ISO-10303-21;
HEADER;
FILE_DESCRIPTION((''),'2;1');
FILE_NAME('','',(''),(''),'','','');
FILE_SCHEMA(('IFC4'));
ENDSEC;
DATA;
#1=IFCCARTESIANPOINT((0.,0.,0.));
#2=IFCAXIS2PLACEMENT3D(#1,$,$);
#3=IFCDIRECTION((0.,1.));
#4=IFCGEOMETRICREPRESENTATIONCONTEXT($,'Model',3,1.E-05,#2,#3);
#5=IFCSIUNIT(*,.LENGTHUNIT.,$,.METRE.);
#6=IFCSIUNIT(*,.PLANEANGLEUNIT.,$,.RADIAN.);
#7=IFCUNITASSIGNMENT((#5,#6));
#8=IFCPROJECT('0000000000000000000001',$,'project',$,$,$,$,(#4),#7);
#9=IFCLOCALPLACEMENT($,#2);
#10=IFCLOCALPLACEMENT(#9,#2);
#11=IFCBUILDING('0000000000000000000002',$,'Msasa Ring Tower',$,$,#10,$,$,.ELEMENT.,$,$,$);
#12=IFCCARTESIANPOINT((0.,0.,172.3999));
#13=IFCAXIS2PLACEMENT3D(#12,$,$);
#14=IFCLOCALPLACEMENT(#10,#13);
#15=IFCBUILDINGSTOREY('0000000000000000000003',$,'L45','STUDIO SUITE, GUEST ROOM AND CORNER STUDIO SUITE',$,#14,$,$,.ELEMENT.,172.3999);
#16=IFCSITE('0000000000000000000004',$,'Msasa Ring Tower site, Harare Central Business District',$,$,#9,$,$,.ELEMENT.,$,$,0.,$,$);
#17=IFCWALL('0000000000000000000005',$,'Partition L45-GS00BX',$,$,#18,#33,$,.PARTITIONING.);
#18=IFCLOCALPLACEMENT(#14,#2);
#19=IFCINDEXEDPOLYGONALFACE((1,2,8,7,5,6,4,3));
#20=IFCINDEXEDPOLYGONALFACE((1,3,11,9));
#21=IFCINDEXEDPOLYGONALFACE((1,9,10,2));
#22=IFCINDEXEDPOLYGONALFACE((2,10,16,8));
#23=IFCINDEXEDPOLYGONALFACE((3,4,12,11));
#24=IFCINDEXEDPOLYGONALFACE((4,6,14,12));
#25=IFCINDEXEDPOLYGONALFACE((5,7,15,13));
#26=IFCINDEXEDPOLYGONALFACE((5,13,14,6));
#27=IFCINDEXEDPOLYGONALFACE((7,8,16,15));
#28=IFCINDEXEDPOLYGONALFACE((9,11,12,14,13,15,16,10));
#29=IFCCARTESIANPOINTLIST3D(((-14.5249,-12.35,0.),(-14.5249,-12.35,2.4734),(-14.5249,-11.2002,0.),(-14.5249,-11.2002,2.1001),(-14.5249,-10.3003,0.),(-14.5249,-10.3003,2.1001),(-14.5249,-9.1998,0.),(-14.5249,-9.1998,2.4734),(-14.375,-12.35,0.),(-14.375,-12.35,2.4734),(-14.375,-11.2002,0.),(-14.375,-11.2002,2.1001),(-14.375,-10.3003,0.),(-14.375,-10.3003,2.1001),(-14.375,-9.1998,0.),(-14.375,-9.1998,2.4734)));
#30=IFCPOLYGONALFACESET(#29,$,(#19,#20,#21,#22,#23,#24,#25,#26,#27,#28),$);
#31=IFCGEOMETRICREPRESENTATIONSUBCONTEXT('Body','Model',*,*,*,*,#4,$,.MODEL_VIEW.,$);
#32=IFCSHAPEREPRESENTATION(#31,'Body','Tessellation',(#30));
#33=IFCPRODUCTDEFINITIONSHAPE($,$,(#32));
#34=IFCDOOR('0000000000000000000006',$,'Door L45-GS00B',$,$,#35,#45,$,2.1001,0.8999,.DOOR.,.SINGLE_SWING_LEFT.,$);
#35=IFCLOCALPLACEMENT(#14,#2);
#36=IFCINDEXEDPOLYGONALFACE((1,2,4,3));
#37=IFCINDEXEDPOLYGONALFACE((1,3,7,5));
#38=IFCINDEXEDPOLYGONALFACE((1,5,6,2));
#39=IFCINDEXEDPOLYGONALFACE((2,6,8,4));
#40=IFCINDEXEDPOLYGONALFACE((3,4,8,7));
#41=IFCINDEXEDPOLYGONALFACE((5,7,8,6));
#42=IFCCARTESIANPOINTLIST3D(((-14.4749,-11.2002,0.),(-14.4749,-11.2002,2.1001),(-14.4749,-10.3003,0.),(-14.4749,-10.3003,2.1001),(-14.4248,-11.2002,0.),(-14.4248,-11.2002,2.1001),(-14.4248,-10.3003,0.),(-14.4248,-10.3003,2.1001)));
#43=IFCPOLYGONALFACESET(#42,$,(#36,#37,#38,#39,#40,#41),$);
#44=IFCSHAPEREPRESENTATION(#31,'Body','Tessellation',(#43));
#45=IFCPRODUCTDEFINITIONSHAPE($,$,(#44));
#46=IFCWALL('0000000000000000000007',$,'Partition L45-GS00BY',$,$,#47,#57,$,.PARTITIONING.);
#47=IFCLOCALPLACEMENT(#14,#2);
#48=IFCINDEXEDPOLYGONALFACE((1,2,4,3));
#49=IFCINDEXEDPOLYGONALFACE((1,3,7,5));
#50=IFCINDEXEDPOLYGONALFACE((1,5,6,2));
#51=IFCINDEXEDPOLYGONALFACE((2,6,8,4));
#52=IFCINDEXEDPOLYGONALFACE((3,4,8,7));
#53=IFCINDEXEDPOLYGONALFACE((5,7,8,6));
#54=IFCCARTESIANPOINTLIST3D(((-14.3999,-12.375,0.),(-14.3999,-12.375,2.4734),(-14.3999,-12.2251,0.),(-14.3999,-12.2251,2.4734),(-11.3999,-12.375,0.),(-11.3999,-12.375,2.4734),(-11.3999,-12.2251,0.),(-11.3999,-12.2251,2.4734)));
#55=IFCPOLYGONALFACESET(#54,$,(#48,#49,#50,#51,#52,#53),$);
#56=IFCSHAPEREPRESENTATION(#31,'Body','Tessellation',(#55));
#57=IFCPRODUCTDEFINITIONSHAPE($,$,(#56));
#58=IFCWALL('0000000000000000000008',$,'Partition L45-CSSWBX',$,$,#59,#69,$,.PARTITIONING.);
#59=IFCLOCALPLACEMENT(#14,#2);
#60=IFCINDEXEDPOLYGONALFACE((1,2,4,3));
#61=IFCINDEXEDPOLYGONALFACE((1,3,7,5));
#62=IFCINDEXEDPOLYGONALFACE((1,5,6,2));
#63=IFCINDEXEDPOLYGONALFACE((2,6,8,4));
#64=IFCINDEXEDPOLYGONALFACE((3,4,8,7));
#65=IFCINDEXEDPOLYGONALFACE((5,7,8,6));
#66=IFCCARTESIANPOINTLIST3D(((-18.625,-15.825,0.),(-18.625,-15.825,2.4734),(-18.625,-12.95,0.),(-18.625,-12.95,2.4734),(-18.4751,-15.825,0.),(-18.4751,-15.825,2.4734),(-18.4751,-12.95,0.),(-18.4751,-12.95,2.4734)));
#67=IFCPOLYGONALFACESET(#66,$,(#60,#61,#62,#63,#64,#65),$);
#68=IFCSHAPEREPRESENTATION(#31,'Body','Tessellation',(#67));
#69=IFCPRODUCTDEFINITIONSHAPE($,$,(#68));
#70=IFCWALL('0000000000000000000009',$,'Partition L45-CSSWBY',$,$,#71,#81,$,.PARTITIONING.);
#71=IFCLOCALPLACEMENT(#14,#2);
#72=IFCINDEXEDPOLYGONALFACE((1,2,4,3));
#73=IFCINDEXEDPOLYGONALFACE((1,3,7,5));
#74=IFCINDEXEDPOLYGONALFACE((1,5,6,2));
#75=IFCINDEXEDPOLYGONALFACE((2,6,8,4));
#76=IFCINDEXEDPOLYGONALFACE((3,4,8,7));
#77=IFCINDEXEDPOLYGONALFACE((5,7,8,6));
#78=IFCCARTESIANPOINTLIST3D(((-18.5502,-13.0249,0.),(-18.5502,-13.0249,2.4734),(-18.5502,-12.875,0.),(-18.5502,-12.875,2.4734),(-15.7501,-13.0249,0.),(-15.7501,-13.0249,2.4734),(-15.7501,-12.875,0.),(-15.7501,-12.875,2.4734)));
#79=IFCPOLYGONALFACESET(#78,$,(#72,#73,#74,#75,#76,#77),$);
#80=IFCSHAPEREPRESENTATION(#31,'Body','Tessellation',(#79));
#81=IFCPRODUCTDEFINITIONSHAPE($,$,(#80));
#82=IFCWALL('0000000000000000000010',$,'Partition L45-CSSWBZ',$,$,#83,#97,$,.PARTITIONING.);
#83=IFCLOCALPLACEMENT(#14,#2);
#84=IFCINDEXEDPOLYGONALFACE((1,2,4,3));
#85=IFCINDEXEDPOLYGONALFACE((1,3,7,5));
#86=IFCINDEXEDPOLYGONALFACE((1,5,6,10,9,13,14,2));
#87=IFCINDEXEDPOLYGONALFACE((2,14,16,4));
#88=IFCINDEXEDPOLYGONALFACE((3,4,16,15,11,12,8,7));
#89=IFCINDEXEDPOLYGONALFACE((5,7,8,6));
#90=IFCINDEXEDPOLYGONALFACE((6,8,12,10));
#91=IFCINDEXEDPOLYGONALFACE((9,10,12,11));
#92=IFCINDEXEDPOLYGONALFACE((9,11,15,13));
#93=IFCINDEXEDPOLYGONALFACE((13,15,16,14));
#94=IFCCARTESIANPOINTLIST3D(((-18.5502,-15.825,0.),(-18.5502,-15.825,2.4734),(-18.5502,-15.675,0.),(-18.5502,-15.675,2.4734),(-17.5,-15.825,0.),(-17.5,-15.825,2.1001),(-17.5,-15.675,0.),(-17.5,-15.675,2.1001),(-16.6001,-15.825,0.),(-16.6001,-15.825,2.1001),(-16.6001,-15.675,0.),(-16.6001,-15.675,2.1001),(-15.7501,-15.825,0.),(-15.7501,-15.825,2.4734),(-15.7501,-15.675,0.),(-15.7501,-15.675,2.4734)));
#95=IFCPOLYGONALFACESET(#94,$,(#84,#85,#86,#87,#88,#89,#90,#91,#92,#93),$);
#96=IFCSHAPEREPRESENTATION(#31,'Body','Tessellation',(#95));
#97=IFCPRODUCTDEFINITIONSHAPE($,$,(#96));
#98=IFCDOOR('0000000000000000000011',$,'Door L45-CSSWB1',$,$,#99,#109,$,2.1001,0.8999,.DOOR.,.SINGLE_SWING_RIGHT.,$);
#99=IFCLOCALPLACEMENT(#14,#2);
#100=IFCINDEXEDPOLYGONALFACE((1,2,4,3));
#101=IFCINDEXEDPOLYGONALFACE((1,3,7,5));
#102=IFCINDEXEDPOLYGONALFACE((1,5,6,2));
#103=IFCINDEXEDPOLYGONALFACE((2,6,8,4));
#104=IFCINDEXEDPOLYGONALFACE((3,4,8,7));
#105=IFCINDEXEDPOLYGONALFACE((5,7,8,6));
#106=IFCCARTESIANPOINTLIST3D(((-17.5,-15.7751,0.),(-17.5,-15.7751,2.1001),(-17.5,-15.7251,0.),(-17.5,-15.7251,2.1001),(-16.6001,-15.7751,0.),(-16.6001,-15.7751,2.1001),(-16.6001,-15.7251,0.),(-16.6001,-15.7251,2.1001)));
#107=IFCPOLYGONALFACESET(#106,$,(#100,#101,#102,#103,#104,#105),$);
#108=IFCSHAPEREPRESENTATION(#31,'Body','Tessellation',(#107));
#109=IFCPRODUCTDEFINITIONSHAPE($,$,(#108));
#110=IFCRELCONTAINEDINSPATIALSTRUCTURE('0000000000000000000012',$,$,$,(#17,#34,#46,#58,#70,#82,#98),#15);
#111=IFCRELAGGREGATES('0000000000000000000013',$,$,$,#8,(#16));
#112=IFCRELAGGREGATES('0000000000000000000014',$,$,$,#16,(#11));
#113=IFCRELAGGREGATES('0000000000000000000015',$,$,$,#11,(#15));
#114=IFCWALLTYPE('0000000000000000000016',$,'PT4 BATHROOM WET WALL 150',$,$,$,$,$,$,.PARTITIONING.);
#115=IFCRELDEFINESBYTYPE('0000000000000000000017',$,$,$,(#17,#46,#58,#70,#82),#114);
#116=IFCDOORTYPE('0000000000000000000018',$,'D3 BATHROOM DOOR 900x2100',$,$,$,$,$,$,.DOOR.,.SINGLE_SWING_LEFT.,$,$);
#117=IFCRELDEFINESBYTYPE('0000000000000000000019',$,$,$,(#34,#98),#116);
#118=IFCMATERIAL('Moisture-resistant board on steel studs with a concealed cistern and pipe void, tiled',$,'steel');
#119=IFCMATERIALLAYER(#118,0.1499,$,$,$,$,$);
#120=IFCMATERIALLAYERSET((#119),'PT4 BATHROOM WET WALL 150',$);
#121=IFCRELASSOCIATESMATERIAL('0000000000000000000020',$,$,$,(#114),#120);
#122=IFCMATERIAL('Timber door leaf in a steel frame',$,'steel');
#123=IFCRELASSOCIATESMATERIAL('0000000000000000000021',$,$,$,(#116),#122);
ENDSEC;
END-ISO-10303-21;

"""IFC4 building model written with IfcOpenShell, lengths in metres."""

from ifc_helpers import new_model, si_unit, direction, frame, frame_2d, origin, place, context, subcontext, project, spatial, rectangle, extrude, material, layer, layer_set, type_object, element, fill, save


model = new_model("IFC4")

# Units and contexts
model_context = context("Model", 3, precision=1e-05, world=origin(), true_north=direction((0.0, 1.0)))
body_context = subcontext(model_context, "Body", "Model", "MODEL_VIEW")
ifc_project = project(units=[si_unit("LENGTHUNIT", "METRE"), si_unit("PLANEANGLEUNIT", "RADIAN")], contexts=[model_context])

# Site, building, storey
site_placement = place(None, origin())
site = spatial("IfcSite", under=ifc_project, at=site_placement, Name="Msasa Ring Tower site, Harare Central Business District", CompositionType="ELEMENT", RefElevation=0.0)
building_placement = place(site_placement, origin())
building = spatial("IfcBuilding", under=site, at=building_placement, Name="Msasa Ring Tower", CompositionType="ELEMENT")
storey_placement = place(building_placement, frame((0.0, 0.0, 172.3999)))
storey = spatial("IfcBuildingStorey", under=building, at=storey_placement, Name="L45", Description="STUDIO SUITE, GUEST ROOM AND CORNER STUDIO SUITE", CompositionType="ELEMENT", Elevation=172.3999)

# Wall, opening, door
ifc_material_1 = material(Name="Moisture-resistant board on steel studs with a concealed cistern and pipe void, tiled", Category="steel")
ifc_layer_1 = layer(ifc_material_1, 0.1499)
ifc_layer_set_1 = layer_set([ifc_layer_1], Name="PT4 BATHROOM WET WALL 150")
wall_type_1 = type_object("IfcWallType", Name="PT4 BATHROOM WET WALL 150", PredefinedType="PARTITIONING", material=ifc_layer_set_1)
wall_1_placement = place(storey_placement, frame((-14.45, -12.3501, 0.0), z_axis=(0.0, 0.0, 1.0), x_axis=(0.0, 1.0, 0.0)))
wall_1 = element("IfcWall", 1, at=wall_1_placement, inside=storey, type_object=wall_type_1, Name="Partition L45-GS00BX", PredefinedType="PARTITIONING", context=body_context, shape_type="SweptSolid", body=[
    extrude(rectangle(XDim=3.1501, YDim=0.1499, at=frame_2d((1.5752, 0.0))), origin(), (0.0, 0.0, 1.0), 2.4734),
])
opening_1_placement = place(wall_1_placement, frame((1.1499, 0.0, 0.0)))
opening_1 = element("IfcOpeningElement", 2, at=opening_1_placement, cuts=wall_1, PredefinedType="OPENING", context=body_context, shape_type="SweptSolid", body=[
    extrude(rectangle(XDim=0.8999, YDim=2.1001, at=frame_2d((0.45, 1.05))), frame((0.0, 0.085, 0.0), z_axis=(0.0, -1.0, 0.0), x_axis=(1.0, 0.0, 0.0)), (0.0, 0.0, 1.0), 0.1699),
])
ifc_material_2 = material(Name="Timber door leaf in a steel frame", Category="steel")
door_type_1 = type_object("IfcDoorType", Name="D3 BATHROOM DOOR 900x2100", OperationType="SINGLE_SWING_LEFT", PredefinedType="DOOR", material=ifc_material_2)
door_1_placement = place(opening_1_placement, origin())
door_1 = element("IfcDoor", 3, at=door_1_placement, inside=storey, type_object=door_type_1, Name="Door L45-GS00B", OperationType="SINGLE_SWING_LEFT", OverallHeight=2.1001, OverallWidth=0.8999, PredefinedType="DOOR", context=body_context, shape_type="SweptSolid", body=[
    extrude(rectangle(XDim=0.8999, YDim=2.1001, at=frame_2d((0.45, 1.05))), frame((0.0, 0.0249, 0.0), z_axis=(0.0, -1.0, 0.0), x_axis=(1.0, 0.0, 0.0)), (0.0, 0.0, 1.0), 0.05),
])
fill(opening_1, door_1)

# Walls
wall_2_placement = place(storey_placement, frame((-14.3999, -12.3, 0.0), z_axis=(0.0, 0.0, 1.0), x_axis=(1.0, 0.0, 0.0)))
element("IfcWall", 4, at=wall_2_placement, inside=storey, type_object=wall_type_1, Name="Partition L45-GS00BY", PredefinedType="PARTITIONING", context=body_context, shape_type="SweptSolid", body=[
    extrude(rectangle(XDim=3.0, YDim=0.1499, at=frame_2d((1.5, 0.0))), origin(), (0.0, 0.0, 1.0), 2.4734),
])
wall_3_placement = place(storey_placement, frame((-18.55, -15.825, 0.0), z_axis=(0.0, 0.0, 1.0), x_axis=(0.0, 1.0, 0.0)))
element("IfcWall", 5, at=wall_3_placement, inside=storey, type_object=wall_type_1, Name="Partition L45-CSSWBX", PredefinedType="PARTITIONING", context=body_context, shape_type="SweptSolid", body=[
    extrude(rectangle(XDim=2.875, YDim=0.1499, at=frame_2d((1.4375, 0.0))), origin(), (0.0, 0.0, 1.0), 2.4734),
])
wall_4_placement = place(storey_placement, frame((-18.55, -12.95, 0.0), z_axis=(0.0, 0.0, 1.0), x_axis=(1.0, 0.0, 0.0)))
element("IfcWall", 6, at=wall_4_placement, inside=storey, type_object=wall_type_1, Name="Partition L45-CSSWBY", PredefinedType="PARTITIONING", context=body_context, shape_type="SweptSolid", body=[
    extrude(rectangle(XDim=2.8, YDim=0.1499, at=frame_2d((1.3999, 0.0))), origin(), (0.0, 0.0, 1.0), 2.4734),
])

# Wall, opening, door
wall_5_placement = place(storey_placement, frame((-18.55, -15.75, 0.0), z_axis=(0.0, 0.0, 1.0), x_axis=(1.0, 0.0, 0.0)))
wall_5 = element("IfcWall", 7, at=wall_5_placement, inside=storey, type_object=wall_type_1, Name="Partition L45-CSSWBZ", PredefinedType="PARTITIONING", context=body_context, shape_type="SweptSolid", body=[
    extrude(rectangle(XDim=2.8, YDim=0.1499, at=frame_2d((1.3999, 0.0))), origin(), (0.0, 0.0, 1.0), 2.4734),
])
opening_2_placement = place(wall_5_placement, frame((1.05, 0.0, 0.0)))
opening_2 = element("IfcOpeningElement", 8, at=opening_2_placement, cuts=wall_5, PredefinedType="OPENING", context=body_context, shape_type="SweptSolid", body=[
    extrude(rectangle(XDim=0.8999, YDim=2.1001, at=frame_2d((0.45, 1.05))), frame((0.0, 0.085, 0.0), z_axis=(0.0, -1.0, 0.0), x_axis=(1.0, 0.0, 0.0)), (0.0, 0.0, 1.0), 0.1699),
])
door_2_placement = place(opening_2_placement, origin())
door_2 = element("IfcDoor", 9, at=door_2_placement, inside=storey, type_object=door_type_1, Name="Door L45-CSSWB1", OperationType="SINGLE_SWING_RIGHT", OverallHeight=2.1001, OverallWidth=0.8999, PredefinedType="DOOR", context=body_context, shape_type="SweptSolid", body=[
    extrude(rectangle(XDim=0.8999, YDim=2.1001, at=frame_2d((0.45, 1.05))), frame((0.0, 0.0249, 0.0), z_axis=(0.0, -1.0, 0.0), x_axis=(1.0, 0.0, 0.0)), (0.0, 0.0, 1.0), 0.05),
])
fill(opening_2, door_2)

save(model, "model.ifc")
